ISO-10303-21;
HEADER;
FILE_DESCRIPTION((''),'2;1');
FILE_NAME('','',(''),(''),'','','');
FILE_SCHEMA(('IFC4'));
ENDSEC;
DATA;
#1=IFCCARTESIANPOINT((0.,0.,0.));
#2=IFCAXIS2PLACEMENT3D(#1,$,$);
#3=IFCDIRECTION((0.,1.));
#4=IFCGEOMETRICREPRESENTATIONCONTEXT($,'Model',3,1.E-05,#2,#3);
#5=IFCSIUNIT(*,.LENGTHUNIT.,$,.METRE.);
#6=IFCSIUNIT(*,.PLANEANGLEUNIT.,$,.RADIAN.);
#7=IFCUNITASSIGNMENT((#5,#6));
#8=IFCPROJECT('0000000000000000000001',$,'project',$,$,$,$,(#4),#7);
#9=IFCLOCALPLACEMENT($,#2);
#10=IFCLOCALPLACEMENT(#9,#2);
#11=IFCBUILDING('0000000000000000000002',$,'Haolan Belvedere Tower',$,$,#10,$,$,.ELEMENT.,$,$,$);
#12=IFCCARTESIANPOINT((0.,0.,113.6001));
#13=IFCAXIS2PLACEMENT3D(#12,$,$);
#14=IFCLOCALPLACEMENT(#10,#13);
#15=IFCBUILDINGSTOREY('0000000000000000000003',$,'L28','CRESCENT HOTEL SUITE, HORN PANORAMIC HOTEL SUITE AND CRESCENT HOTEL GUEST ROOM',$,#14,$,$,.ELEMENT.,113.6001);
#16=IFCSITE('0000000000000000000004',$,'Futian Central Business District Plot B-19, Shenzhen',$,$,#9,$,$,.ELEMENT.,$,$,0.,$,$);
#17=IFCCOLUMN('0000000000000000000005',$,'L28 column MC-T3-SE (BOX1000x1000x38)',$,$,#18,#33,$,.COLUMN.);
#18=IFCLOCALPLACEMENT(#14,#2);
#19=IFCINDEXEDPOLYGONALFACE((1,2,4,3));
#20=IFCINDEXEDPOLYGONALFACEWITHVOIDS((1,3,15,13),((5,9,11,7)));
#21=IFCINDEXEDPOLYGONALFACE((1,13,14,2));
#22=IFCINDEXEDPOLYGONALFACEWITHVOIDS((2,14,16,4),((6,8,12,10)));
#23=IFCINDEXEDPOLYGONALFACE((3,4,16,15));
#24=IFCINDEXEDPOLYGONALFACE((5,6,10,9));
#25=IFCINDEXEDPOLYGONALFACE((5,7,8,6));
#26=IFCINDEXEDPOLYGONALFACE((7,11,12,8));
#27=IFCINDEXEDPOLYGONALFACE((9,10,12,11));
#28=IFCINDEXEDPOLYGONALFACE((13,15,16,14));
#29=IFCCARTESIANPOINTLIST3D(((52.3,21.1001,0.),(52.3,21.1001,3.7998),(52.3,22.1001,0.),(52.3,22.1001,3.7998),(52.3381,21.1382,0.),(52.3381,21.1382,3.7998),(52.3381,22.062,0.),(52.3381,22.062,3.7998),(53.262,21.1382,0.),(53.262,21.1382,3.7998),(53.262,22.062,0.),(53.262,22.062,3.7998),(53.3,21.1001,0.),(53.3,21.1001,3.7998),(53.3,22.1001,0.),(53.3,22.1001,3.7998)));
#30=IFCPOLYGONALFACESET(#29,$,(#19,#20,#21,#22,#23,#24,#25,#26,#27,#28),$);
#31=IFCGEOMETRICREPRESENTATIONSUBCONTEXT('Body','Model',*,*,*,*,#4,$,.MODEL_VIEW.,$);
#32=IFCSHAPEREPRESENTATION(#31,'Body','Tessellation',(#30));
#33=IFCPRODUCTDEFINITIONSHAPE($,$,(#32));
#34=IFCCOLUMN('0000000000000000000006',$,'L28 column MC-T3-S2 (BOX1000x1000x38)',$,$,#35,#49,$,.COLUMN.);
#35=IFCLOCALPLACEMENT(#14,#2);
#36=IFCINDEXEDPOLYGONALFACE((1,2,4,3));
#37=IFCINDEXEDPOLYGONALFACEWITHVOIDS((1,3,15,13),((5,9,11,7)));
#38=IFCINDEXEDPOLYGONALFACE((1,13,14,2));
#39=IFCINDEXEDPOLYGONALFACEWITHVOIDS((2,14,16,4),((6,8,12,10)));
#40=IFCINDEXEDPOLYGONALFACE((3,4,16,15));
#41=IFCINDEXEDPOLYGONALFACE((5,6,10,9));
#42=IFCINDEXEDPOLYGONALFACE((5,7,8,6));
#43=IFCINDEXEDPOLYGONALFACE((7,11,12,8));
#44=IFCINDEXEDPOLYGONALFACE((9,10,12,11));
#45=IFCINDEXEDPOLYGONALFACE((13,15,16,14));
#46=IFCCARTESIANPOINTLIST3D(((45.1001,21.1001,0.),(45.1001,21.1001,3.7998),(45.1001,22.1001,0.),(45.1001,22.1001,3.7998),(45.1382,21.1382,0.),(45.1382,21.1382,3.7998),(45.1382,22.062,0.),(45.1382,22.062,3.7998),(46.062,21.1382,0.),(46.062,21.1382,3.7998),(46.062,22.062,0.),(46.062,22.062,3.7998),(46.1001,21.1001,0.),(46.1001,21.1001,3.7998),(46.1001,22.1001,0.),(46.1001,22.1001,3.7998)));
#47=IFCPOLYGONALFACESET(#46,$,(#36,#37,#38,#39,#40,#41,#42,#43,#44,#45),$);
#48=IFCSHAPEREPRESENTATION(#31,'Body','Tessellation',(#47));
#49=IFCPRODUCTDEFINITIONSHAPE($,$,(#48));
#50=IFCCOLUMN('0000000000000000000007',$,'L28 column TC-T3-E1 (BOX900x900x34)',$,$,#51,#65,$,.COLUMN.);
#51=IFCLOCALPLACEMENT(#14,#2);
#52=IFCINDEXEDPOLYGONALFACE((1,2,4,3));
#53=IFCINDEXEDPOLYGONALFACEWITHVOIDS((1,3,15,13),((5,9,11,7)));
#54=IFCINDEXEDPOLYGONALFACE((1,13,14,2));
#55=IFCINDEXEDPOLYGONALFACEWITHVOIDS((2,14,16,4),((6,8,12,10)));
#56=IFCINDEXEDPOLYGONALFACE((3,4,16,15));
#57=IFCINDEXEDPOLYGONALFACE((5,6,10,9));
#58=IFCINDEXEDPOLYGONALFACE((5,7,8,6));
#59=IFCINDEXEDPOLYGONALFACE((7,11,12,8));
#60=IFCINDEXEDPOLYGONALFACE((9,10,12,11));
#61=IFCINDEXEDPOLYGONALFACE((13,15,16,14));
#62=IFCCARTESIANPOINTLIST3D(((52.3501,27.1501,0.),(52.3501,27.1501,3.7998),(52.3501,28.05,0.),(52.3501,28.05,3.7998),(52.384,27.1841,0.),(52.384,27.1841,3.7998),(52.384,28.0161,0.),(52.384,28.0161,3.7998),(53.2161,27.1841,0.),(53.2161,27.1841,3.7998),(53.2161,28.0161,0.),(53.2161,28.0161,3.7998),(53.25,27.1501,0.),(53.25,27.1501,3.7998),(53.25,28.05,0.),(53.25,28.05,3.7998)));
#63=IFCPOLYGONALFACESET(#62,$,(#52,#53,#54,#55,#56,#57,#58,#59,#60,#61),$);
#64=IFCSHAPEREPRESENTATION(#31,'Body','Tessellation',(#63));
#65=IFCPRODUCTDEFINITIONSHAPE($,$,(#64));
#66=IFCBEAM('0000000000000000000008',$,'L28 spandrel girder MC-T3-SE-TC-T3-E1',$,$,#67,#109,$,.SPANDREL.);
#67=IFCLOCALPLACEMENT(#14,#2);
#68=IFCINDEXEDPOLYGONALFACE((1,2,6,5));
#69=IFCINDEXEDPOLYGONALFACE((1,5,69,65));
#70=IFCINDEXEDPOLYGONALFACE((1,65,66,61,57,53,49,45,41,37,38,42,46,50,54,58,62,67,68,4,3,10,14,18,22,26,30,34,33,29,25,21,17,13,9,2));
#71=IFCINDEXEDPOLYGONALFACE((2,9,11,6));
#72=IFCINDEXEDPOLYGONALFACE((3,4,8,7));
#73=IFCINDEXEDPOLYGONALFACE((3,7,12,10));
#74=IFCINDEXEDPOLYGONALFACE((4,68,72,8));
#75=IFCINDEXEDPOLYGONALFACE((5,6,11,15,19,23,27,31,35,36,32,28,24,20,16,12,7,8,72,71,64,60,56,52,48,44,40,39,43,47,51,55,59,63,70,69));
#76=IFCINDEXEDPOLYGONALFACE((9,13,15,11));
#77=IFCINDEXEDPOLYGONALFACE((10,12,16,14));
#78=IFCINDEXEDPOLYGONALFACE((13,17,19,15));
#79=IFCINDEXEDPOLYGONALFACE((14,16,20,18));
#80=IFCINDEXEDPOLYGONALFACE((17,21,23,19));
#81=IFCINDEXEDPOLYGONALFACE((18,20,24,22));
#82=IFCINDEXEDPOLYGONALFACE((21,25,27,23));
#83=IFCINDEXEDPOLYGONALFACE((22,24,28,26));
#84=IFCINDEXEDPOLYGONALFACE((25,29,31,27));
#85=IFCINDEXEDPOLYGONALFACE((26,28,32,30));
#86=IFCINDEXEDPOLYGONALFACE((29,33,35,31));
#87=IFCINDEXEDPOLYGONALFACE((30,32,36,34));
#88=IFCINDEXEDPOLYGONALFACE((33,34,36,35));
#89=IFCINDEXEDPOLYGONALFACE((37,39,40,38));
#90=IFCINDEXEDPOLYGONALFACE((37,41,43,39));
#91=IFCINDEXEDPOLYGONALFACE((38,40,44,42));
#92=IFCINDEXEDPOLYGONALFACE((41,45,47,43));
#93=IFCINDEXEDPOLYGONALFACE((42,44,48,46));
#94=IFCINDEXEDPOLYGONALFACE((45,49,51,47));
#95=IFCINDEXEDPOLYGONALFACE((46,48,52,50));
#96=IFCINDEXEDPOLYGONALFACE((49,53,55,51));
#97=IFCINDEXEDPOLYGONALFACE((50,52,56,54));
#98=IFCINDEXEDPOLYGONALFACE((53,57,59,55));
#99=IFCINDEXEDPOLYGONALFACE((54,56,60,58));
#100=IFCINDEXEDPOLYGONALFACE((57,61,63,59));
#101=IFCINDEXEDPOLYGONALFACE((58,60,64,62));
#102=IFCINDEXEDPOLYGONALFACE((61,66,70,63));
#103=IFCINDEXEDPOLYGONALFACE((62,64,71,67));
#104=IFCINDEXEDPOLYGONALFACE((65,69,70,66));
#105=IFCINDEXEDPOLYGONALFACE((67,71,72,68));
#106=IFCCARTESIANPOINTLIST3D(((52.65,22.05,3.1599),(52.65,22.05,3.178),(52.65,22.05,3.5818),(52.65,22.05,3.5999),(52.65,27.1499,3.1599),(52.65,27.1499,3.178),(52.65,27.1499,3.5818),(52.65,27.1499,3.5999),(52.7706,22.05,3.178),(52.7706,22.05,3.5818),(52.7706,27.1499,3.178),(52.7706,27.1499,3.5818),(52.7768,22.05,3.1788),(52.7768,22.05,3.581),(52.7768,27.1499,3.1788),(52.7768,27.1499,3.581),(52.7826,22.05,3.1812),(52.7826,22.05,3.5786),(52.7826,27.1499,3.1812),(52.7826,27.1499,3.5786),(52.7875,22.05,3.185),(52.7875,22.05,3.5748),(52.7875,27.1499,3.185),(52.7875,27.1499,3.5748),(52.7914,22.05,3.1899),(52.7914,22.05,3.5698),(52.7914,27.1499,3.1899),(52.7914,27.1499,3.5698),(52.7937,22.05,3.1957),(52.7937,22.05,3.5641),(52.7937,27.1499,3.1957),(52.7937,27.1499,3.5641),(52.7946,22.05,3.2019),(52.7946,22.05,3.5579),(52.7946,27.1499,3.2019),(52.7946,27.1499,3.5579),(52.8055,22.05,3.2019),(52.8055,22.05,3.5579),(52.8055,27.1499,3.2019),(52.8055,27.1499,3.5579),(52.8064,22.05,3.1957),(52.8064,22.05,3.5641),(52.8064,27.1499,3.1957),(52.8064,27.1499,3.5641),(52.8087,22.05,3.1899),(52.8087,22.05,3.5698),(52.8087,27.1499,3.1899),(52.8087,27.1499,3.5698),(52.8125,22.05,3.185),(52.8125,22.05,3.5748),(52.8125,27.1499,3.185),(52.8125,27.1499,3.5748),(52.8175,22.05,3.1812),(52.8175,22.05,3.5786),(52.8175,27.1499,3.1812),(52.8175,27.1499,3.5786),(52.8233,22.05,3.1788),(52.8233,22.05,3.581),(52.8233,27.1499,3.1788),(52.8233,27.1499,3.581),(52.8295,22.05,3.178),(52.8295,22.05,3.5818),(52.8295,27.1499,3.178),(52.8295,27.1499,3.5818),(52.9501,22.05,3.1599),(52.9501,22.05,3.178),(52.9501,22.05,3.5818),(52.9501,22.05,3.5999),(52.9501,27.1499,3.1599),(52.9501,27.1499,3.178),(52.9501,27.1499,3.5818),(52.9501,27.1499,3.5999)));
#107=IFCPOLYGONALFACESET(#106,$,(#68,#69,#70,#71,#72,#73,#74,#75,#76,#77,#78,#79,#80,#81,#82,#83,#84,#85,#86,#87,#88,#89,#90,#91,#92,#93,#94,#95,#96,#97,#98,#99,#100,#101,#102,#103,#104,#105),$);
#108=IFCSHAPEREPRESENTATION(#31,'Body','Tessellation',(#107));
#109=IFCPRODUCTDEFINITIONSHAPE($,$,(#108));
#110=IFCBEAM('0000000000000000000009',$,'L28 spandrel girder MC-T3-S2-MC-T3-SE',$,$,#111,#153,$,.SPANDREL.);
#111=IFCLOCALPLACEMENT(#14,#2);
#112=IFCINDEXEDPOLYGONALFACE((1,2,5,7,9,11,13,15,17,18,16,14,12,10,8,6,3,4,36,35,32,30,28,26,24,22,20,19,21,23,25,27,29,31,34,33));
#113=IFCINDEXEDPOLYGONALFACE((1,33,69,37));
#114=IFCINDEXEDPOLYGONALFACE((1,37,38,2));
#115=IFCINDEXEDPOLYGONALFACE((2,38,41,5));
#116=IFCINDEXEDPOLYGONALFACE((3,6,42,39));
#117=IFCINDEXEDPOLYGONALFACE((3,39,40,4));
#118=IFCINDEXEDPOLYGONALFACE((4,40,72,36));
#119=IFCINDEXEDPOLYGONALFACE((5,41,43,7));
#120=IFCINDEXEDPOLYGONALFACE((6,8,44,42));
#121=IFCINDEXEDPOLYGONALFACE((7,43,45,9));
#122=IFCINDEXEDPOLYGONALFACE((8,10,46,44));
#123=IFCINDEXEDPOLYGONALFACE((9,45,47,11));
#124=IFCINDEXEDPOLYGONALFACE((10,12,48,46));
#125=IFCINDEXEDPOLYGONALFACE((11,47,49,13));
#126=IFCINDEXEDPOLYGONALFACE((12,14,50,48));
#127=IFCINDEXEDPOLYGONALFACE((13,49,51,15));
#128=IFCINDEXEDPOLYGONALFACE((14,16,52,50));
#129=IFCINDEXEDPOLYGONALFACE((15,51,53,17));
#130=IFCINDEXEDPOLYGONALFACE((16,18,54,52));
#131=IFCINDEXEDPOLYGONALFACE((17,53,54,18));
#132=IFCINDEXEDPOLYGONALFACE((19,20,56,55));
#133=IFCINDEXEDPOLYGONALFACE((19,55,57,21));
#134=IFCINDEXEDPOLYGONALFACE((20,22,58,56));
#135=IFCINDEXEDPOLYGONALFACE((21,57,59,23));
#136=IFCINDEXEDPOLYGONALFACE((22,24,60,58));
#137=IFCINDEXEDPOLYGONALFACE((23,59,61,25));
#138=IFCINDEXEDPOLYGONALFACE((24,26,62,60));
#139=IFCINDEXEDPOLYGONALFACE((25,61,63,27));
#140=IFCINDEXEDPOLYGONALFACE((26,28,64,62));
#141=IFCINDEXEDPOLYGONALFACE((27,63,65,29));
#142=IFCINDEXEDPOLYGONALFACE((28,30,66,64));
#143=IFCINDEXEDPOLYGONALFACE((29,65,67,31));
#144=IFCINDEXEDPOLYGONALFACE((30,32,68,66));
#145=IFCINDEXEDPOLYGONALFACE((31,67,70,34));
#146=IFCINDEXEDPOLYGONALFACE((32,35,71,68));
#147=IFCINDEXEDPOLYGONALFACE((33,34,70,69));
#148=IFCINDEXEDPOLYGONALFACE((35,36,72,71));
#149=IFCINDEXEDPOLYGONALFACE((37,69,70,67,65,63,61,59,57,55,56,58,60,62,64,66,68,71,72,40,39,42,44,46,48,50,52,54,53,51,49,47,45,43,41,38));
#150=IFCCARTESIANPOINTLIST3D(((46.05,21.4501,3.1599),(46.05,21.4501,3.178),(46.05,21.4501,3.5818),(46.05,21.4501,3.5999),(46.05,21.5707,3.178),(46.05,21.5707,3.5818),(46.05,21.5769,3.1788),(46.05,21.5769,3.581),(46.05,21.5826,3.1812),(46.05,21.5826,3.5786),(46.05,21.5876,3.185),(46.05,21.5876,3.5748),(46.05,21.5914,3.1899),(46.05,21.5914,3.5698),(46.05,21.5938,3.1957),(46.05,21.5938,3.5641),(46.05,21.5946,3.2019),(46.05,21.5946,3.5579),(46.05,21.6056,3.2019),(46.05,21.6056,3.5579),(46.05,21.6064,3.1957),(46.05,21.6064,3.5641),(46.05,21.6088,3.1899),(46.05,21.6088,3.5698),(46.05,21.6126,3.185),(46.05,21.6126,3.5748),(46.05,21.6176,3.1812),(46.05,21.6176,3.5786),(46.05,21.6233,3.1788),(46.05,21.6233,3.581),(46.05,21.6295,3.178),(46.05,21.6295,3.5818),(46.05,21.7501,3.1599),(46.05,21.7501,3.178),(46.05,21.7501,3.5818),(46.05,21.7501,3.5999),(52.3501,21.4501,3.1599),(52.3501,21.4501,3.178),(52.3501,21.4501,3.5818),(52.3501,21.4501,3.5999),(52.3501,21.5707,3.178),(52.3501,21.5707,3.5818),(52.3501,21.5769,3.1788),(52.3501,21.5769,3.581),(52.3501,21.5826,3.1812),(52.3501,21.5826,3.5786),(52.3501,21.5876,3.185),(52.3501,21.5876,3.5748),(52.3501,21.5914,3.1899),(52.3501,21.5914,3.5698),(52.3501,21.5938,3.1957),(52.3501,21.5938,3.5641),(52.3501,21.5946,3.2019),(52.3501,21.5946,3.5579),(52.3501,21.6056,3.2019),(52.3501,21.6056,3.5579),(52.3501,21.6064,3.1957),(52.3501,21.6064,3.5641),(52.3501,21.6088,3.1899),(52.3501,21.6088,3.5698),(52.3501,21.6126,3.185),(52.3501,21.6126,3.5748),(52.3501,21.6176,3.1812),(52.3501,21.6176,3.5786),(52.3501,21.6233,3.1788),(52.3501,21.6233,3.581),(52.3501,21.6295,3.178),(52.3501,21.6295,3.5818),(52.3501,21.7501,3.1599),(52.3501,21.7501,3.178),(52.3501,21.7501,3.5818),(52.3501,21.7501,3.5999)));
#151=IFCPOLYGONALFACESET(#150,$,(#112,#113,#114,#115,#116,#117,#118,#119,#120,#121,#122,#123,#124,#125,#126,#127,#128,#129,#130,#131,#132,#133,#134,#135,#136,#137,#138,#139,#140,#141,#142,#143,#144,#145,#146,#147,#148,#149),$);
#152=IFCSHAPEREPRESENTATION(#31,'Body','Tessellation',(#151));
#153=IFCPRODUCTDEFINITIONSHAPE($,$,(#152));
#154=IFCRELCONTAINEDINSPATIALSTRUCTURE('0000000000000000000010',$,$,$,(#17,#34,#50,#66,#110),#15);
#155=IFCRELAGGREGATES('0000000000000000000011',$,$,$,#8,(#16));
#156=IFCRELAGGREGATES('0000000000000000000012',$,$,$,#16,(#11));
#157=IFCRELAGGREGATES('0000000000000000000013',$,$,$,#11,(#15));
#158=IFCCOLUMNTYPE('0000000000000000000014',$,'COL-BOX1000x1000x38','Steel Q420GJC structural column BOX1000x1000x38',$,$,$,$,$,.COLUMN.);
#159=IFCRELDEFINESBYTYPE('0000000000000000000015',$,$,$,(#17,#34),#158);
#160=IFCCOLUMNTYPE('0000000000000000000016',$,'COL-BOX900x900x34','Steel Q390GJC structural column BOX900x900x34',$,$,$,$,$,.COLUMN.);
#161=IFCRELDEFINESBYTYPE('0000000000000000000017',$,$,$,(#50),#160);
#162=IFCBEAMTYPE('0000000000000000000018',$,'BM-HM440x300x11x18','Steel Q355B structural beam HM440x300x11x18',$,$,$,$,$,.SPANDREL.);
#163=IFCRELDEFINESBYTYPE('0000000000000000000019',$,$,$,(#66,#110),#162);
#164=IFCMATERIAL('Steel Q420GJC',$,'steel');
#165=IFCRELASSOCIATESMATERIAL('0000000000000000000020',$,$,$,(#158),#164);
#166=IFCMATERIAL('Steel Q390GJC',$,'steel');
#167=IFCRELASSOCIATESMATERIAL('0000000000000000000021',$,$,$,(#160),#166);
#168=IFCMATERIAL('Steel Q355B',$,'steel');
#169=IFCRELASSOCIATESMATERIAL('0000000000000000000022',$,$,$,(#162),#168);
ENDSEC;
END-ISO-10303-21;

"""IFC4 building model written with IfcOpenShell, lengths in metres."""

from ifc_helpers import new_model, si_unit, direction, frame, origin, origin_2d, place, context, subcontext, project, spatial, hollow_rectangle, i_section, extrude, material, material_profile, profile_set, type_object, element, save


model = new_model("IFC4")

# Units and contexts
model_context = context("Model", 3, precision=1e-05, world=origin(), true_north=direction((0.0, 1.0)))
body_context = subcontext(model_context, "Body", "Model", "MODEL_VIEW")
ifc_project = project(units=[si_unit("LENGTHUNIT", "METRE"), si_unit("PLANEANGLEUNIT", "RADIAN")], contexts=[model_context])

# Site, building, storey
site_placement = place(None, origin())
site = spatial("IfcSite", under=ifc_project, at=site_placement, Name="Futian Central Business District Plot B-19, Shenzhen", CompositionType="ELEMENT", RefElevation=0.0)
building_placement = place(site_placement, origin())
building = spatial("IfcBuilding", under=site, at=building_placement, Name="Haolan Belvedere Tower", CompositionType="ELEMENT")
storey_placement = place(building_placement, frame((0.0, 0.0, 113.6001)))
storey = spatial("IfcBuildingStorey", under=building, at=storey_placement, Name="L28", Description="CRESCENT HOTEL SUITE, HORN PANORAMIC HOTEL SUITE AND CRESCENT HOTEL GUEST ROOM", CompositionType="ELEMENT", Elevation=113.6001)

# Columns
ifc_material_1 = material(Name="Steel Q420GJC", Category="steel")
ifc_material_profile_1 = material_profile(ifc_material_1, hollow_rectangle(XDim=1.0, YDim=1.0, WallThickness=0.0381, at=origin_2d()), Name="Steel Q420GJC")
ifc_profile_set_1 = profile_set([ifc_material_profile_1], Name="Steel Q420GJC")
column_type_1 = type_object("IfcColumnType", Name="COL-BOX1000x1000x38", Description="Steel Q420GJC structural column BOX1000x1000x38", PredefinedType="COLUMN", material=ifc_profile_set_1)
for number, where, z_axis, x_axis, name in (
    (1, (52.8, 21.6001, 0.0), (0.0, 0.0, 1.0), (1.0, 0.0, 0.0), "L28 column MC-T3-SE (BOX1000x1000x38)"),
    (2, (45.6001, 21.6001, 0.0), (0.0, 0.0, 1.0), (1.0, 0.0, 0.0), "L28 column MC-T3-S2 (BOX1000x1000x38)"),
):
    element("IfcColumn", number, at=place(storey_placement, frame(where, z_axis=z_axis, x_axis=x_axis)), inside=storey, type_object=column_type_1, Name=name, PredefinedType="COLUMN", context=body_context, shape_type="SweptSolid", body=[
        extrude(hollow_rectangle(XDim=1.0, YDim=1.0, WallThickness=0.0381, at=origin_2d()), origin(), (0.0, 0.0, 1.0), 3.7998),
    ])
ifc_material_2 = material(Name="Steel Q390GJC", Category="steel")
ifc_material_profile_2 = material_profile(ifc_material_2, hollow_rectangle(XDim=0.8999, YDim=0.8999, WallThickness=0.0339, at=origin_2d()), Name="Steel Q390GJC")
ifc_profile_set_2 = profile_set([ifc_material_profile_2], Name="Steel Q390GJC")
column_type_2 = type_object("IfcColumnType", Name="COL-BOX900x900x34", Description="Steel Q390GJC structural column BOX900x900x34", PredefinedType="COLUMN", material=ifc_profile_set_2)
column_placement = place(storey_placement, frame((52.8, 27.6001, 0.0), z_axis=(0.0, 0.0, 1.0), x_axis=(1.0, 0.0, 0.0)))
element("IfcColumn", 3, at=column_placement, inside=storey, type_object=column_type_2, Name="L28 column TC-T3-E1 (BOX900x900x34)", PredefinedType="COLUMN", context=body_context, shape_type="SweptSolid", body=[
    extrude(hollow_rectangle(XDim=0.8999, YDim=0.8999, WallThickness=0.0339, at=origin_2d()), origin(), (0.0, 0.0, 1.0), 3.7998),
])

# Beams
ifc_material_3 = material(Name="Steel Q355B", Category="steel")
ifc_material_profile_3 = material_profile(ifc_material_3, i_section(OverallWidth=0.3, OverallDepth=0.4399, WebThickness=0.011, FlangeThickness=0.0181, FilletRadius=0.0239, at=origin_2d()), Name="Steel Q355B")
ifc_profile_set_3 = profile_set([ifc_material_profile_3], Name="Steel Q355B")
beam_type_1 = type_object("IfcBeamType", Name="BM-HM440x300x11x18", Description="Steel Q355B structural beam HM440x300x11x18", PredefinedType="SPANDREL", material=ifc_profile_set_3)
beam_1_placement = place(storey_placement, frame((52.8, 22.05, 3.3799), z_axis=(0.0, 1.0, 0.0), x_axis=(-1.0, 0.0, 0.0)))
element("IfcBeam", 4, at=beam_1_placement, inside=storey, type_object=beam_type_1, Name="L28 spandrel girder MC-T3-SE-TC-T3-E1", PredefinedType="SPANDREL", context=body_context, shape_type="SweptSolid", body=[
    extrude(i_section(OverallWidth=0.3, OverallDepth=0.4399, WebThickness=0.011, FlangeThickness=0.0181, FilletRadius=0.0239, at=origin_2d()), origin(), (0.0, 0.0, 1.0), 5.0999),
])
beam_2_placement = place(storey_placement, frame((46.05, 21.6001, 3.3799), z_axis=(1.0, 0.0, 0.0), x_axis=(0.0, 1.0, 0.0)))
element("IfcBeam", 5, at=beam_2_placement, inside=storey, type_object=beam_type_1, Name="L28 spandrel girder MC-T3-S2-MC-T3-SE", PredefinedType="SPANDREL", context=body_context, shape_type="SweptSolid", body=[
    extrude(i_section(OverallWidth=0.3, OverallDepth=0.4399, WebThickness=0.011, FlangeThickness=0.0181, FilletRadius=0.0239, at=origin_2d()), origin(), (0.0, 0.0, 1.0), 6.3),
])

save(model, "model.ifc")
